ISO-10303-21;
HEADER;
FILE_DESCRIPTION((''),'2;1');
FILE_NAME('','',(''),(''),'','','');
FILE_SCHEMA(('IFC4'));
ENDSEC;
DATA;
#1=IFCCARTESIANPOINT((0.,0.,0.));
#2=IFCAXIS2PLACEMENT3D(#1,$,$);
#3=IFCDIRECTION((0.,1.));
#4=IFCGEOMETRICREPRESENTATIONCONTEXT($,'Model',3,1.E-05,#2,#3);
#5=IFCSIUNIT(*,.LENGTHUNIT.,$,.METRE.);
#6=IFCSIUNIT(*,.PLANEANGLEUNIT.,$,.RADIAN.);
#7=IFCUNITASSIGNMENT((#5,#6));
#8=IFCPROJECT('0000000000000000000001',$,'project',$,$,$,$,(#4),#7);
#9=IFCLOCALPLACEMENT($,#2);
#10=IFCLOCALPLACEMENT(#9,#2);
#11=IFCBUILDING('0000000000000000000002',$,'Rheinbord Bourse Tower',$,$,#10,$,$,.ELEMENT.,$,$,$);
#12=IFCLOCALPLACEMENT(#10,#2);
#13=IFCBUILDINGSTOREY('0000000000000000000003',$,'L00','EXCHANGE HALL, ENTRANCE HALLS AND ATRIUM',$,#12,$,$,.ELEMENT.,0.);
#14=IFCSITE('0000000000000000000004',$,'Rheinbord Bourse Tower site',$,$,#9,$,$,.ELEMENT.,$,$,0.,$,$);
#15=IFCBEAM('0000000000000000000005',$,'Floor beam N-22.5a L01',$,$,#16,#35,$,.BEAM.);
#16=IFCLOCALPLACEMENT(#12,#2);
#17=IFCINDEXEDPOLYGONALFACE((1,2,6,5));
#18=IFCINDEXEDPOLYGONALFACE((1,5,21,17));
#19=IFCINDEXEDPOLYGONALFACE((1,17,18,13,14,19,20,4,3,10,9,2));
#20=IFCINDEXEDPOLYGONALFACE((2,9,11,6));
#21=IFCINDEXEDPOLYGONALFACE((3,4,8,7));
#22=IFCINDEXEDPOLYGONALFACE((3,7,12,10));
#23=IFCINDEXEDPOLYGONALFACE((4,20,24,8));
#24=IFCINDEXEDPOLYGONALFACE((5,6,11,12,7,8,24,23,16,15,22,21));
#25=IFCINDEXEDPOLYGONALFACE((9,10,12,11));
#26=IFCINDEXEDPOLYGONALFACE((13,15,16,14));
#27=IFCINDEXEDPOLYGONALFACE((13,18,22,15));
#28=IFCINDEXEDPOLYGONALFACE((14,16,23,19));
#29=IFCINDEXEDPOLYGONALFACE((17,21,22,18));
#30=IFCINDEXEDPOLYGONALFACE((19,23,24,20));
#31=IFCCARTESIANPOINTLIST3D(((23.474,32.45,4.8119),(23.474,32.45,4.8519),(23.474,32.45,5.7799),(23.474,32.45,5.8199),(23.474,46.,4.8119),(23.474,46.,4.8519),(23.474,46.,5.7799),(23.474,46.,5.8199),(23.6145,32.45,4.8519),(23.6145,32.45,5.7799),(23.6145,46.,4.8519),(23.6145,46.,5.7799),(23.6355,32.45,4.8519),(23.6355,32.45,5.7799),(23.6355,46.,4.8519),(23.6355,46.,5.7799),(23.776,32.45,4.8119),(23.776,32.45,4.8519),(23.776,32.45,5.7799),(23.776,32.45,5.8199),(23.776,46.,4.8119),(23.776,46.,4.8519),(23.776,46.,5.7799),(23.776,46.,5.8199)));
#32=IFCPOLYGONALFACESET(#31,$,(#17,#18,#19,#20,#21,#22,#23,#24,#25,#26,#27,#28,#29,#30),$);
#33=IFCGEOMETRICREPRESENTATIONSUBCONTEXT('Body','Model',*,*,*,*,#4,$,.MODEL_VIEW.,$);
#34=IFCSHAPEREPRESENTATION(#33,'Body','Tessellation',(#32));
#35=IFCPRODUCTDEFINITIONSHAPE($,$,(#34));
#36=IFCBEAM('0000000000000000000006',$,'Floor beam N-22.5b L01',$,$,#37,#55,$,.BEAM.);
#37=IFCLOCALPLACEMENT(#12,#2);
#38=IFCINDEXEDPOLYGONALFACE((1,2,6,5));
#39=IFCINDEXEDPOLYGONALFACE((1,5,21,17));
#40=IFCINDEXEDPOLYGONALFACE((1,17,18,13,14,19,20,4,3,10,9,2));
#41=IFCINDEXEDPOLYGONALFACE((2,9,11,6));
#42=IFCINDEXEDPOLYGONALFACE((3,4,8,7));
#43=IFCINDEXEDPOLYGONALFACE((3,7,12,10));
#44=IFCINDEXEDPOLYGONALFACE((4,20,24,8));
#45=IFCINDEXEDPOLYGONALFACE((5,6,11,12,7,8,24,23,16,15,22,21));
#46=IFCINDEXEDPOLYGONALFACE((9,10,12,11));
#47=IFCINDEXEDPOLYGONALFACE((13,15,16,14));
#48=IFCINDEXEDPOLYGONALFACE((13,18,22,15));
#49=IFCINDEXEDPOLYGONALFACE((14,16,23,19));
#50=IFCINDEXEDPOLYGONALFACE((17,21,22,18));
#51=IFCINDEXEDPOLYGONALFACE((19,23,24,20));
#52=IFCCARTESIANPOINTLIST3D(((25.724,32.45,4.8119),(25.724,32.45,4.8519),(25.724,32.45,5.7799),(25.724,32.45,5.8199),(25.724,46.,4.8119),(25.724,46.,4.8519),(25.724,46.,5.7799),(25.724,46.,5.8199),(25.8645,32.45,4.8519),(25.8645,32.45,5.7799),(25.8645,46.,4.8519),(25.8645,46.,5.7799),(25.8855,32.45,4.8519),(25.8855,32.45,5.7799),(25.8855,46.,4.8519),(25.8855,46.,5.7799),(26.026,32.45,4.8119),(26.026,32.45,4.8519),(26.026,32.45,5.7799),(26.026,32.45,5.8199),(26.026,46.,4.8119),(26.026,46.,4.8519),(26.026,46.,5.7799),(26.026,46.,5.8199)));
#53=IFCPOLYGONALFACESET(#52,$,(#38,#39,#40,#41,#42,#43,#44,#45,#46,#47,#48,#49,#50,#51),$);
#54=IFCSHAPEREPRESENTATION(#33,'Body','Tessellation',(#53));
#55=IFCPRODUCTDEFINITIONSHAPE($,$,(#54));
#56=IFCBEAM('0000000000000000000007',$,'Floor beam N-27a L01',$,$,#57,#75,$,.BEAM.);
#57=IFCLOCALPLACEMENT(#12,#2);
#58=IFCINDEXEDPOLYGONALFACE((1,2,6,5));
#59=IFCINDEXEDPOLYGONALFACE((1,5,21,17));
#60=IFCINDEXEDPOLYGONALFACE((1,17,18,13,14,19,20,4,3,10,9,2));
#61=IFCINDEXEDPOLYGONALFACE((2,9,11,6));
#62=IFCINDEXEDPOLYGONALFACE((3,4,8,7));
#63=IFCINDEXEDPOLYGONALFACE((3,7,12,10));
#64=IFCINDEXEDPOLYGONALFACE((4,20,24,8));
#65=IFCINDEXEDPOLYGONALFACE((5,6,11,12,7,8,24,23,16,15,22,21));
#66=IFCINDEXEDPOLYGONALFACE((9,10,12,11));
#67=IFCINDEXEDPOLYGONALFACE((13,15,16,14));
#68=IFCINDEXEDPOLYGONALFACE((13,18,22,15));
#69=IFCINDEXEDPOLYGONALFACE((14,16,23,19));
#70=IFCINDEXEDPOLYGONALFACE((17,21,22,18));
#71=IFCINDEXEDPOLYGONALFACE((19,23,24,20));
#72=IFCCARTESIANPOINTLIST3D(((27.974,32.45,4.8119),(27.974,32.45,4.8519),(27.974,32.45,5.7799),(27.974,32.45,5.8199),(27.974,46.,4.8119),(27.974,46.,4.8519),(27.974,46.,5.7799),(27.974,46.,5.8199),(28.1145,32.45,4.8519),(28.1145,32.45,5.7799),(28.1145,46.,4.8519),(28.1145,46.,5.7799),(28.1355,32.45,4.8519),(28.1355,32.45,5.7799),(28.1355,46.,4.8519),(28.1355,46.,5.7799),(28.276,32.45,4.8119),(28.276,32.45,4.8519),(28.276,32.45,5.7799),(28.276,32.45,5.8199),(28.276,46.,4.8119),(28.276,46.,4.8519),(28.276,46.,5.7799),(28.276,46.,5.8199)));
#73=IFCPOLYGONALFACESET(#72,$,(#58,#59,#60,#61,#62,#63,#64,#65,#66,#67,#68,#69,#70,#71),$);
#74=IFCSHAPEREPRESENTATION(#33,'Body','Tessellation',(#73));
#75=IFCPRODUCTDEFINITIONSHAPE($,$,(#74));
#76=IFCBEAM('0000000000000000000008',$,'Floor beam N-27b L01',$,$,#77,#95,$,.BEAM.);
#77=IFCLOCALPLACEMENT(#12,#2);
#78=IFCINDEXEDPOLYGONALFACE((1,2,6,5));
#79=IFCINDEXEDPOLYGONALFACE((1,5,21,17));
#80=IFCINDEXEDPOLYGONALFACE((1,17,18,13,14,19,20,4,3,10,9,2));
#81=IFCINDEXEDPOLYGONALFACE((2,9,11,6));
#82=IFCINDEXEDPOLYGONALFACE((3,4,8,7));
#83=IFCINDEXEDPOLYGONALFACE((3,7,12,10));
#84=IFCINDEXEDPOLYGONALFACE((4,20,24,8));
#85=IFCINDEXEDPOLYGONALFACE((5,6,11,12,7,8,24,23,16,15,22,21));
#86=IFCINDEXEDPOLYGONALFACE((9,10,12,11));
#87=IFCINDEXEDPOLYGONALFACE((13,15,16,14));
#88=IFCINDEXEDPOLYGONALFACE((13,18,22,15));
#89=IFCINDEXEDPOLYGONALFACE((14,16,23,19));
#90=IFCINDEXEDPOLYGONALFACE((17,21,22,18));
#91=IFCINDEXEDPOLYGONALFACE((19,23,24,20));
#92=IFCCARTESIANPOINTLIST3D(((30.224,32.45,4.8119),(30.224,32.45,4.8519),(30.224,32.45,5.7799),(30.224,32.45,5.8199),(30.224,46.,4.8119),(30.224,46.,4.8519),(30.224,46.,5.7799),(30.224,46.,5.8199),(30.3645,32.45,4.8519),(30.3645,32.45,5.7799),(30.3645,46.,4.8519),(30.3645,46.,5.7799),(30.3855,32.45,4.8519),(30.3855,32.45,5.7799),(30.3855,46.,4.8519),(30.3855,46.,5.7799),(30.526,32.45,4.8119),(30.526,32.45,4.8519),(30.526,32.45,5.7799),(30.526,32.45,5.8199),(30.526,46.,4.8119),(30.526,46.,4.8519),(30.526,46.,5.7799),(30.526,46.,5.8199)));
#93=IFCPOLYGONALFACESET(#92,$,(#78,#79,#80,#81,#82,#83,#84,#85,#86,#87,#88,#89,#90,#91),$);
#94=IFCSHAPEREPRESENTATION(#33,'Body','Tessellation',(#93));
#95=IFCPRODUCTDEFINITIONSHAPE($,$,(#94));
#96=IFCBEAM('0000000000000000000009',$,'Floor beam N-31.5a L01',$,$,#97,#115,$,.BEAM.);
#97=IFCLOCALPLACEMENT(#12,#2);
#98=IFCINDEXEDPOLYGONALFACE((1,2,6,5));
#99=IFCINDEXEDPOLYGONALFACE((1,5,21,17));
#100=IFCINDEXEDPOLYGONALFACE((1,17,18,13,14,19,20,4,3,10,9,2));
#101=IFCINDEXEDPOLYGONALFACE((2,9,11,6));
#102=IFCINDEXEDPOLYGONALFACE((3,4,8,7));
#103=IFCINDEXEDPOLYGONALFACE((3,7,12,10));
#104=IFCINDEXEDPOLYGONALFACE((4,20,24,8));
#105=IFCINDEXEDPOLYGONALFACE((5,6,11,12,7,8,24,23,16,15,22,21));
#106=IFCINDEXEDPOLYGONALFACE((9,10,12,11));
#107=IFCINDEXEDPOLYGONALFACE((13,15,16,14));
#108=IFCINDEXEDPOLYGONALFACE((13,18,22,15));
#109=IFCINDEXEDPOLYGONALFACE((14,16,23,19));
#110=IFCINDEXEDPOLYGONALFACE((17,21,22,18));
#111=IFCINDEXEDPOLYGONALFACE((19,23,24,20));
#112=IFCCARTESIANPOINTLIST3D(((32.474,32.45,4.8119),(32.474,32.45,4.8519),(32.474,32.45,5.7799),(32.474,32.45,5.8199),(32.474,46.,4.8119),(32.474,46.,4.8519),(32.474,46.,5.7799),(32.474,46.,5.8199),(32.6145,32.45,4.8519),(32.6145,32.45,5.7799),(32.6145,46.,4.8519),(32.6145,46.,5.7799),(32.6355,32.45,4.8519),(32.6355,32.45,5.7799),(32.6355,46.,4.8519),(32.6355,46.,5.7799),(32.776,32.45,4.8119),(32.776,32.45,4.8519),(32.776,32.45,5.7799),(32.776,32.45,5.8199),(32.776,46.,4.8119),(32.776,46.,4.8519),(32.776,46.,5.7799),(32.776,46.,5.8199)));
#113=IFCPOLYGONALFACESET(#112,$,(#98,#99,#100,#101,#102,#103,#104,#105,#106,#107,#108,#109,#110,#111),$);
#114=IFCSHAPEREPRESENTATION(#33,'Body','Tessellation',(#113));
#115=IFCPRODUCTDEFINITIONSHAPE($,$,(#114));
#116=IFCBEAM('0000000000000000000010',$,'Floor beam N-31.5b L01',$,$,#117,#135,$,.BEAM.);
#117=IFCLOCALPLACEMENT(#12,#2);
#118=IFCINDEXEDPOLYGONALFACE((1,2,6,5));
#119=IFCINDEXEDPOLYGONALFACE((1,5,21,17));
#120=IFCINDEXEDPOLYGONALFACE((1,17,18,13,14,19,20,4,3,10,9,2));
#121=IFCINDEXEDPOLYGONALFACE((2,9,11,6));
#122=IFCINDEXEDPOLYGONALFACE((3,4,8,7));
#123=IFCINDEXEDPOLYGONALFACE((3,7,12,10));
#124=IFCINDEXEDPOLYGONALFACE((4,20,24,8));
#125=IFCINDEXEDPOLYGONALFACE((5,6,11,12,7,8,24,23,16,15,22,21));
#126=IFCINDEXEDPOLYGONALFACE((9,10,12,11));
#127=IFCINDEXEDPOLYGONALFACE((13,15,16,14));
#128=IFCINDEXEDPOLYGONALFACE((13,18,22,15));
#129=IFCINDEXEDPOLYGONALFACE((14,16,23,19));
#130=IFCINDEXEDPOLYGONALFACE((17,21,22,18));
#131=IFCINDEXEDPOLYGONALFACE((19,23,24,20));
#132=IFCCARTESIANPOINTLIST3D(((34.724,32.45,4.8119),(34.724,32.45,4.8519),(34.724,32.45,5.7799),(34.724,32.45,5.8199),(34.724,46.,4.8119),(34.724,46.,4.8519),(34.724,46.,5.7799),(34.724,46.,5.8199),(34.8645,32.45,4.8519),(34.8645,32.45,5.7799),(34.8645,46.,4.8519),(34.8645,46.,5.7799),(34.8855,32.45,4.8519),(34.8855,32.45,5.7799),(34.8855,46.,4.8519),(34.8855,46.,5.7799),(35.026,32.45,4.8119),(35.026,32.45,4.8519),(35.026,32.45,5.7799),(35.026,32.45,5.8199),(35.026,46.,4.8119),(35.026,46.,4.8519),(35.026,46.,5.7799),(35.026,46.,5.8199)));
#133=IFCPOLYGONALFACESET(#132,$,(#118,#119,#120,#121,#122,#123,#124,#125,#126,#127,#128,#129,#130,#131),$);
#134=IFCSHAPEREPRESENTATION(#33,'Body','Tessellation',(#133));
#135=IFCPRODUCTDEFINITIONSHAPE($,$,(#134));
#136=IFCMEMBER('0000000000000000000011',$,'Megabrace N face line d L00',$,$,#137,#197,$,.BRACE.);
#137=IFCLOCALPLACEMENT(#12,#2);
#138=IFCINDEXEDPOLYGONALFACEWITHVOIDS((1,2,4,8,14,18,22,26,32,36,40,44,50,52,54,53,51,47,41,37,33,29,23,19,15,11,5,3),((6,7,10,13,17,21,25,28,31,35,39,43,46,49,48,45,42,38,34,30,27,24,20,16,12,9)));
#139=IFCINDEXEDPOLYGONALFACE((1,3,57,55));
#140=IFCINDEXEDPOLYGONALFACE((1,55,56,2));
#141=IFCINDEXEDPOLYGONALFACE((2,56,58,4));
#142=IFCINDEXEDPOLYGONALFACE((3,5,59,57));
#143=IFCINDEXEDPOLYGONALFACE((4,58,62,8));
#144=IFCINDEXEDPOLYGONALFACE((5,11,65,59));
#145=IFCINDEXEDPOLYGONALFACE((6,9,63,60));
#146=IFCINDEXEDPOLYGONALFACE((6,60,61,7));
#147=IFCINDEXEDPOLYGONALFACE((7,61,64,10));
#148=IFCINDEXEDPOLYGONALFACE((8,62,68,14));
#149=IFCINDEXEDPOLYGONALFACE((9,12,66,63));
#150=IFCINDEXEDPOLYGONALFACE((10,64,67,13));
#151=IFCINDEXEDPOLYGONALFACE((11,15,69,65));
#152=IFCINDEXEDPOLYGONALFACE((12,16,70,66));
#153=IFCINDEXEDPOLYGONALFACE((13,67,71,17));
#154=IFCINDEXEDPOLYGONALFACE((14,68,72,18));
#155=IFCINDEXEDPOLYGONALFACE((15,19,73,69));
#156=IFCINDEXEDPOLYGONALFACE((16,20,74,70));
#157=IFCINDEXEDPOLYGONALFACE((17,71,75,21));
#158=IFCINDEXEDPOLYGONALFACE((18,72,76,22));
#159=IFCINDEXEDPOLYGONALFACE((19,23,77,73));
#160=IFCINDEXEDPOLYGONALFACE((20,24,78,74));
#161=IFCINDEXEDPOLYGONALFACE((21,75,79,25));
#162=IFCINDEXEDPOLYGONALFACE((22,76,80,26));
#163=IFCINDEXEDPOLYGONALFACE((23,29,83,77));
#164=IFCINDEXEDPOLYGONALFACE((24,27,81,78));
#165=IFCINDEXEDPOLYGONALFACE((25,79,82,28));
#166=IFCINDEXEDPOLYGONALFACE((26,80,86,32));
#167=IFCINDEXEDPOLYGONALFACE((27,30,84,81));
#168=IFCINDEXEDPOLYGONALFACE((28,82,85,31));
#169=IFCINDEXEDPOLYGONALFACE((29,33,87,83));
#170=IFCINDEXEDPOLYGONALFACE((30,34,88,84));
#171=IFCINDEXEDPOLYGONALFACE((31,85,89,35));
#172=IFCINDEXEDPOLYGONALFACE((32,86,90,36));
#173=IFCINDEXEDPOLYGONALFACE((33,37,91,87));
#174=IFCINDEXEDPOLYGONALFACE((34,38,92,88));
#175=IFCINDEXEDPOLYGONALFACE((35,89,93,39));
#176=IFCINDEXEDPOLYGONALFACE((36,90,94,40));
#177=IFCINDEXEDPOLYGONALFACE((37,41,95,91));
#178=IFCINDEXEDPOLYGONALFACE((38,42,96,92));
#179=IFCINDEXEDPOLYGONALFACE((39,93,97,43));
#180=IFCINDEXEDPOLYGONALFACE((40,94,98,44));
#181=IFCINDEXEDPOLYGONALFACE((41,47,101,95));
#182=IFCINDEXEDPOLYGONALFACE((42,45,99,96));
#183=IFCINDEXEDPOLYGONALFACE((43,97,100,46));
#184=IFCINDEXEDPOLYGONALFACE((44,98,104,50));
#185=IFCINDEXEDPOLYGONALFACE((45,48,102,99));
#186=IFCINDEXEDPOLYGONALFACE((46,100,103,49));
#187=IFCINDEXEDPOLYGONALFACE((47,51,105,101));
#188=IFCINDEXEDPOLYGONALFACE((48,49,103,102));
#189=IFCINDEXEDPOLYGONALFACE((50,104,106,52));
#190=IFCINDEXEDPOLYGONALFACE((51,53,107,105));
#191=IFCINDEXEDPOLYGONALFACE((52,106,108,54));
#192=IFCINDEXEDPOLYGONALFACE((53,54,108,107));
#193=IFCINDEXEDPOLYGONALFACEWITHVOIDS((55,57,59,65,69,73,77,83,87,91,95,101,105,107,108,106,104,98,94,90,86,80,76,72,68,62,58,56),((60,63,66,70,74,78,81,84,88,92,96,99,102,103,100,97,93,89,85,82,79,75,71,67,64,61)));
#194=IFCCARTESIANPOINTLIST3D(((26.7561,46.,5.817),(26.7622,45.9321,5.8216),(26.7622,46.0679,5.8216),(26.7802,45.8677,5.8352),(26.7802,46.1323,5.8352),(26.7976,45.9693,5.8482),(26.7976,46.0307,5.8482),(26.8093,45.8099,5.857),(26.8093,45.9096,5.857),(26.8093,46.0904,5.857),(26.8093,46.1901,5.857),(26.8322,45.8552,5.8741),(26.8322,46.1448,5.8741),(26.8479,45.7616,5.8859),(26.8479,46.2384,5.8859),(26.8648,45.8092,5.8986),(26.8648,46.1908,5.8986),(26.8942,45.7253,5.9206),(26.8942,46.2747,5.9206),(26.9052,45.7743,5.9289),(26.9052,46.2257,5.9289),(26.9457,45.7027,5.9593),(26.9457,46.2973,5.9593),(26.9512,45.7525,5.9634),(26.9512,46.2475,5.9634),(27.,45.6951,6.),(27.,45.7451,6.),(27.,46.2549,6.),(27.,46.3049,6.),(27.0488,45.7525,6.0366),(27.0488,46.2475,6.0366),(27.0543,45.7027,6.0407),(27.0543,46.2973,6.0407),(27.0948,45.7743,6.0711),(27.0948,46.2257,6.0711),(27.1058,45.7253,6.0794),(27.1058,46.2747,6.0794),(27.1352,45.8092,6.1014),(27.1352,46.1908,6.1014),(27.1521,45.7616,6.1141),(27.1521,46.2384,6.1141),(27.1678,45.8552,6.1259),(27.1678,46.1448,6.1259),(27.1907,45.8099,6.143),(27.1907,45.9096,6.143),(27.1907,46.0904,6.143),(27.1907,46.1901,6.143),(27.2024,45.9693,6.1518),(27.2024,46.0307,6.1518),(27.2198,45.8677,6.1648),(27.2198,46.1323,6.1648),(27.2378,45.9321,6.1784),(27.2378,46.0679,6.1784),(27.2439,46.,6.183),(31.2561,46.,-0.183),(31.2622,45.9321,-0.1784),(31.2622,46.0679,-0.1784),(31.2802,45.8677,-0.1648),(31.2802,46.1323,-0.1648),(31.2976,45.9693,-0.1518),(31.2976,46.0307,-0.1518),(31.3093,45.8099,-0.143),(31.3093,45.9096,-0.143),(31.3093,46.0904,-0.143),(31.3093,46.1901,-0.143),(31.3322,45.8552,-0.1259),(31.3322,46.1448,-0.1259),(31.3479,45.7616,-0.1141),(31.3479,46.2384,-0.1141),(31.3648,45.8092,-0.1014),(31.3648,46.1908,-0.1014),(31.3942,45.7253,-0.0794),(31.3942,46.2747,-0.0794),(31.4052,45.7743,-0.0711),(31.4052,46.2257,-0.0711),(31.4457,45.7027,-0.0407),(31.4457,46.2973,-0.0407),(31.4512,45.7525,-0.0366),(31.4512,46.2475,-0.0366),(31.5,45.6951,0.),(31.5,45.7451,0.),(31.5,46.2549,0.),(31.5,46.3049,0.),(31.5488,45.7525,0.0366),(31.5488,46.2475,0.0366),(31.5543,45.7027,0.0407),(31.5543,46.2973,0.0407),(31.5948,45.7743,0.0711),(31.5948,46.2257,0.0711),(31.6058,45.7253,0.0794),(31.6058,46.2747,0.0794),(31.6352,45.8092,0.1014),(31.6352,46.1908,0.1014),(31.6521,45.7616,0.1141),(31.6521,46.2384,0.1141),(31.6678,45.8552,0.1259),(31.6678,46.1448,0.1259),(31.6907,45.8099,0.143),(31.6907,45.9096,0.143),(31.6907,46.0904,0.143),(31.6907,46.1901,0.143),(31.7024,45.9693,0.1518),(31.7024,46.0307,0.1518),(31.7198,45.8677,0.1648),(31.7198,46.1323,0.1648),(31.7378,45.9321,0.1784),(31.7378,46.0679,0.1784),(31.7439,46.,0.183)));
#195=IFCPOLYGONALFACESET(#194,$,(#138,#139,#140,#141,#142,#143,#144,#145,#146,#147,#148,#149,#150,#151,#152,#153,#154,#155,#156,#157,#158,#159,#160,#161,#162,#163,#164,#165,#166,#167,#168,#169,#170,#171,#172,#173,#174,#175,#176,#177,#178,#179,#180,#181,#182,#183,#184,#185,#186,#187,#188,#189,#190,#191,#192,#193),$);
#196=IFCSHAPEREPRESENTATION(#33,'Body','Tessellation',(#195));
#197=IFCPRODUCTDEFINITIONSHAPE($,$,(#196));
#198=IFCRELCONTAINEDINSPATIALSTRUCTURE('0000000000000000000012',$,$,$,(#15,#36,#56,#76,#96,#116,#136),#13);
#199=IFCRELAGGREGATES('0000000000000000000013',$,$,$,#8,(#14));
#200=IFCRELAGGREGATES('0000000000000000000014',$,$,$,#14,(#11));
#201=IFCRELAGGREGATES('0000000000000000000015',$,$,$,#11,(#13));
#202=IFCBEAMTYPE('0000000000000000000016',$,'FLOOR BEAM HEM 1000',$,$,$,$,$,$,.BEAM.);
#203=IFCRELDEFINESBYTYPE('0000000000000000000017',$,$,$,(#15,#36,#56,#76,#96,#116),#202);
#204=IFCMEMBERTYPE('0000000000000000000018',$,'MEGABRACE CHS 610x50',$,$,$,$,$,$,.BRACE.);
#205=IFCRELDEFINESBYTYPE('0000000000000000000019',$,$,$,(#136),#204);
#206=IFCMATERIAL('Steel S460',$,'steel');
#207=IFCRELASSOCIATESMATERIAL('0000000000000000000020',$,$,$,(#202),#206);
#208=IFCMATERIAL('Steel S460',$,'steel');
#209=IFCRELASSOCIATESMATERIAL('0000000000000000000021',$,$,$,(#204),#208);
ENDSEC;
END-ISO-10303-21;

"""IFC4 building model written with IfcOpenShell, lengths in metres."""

from ifc_helpers import new_model, si_unit, direction, frame, origin, origin_2d, place, context, subcontext, project, spatial, hollow_circle, i_section, extrude, material, material_profile, profile_set, type_object, element, save


model = new_model("IFC4")

# Units and contexts
model_context = context("Model", 3, precision=1e-05, world=origin(), true_north=direction((0.0, 1.0)))
body_context = subcontext(model_context, "Body", "Model", "MODEL_VIEW")
ifc_project = project(units=[si_unit("LENGTHUNIT", "METRE"), si_unit("PLANEANGLEUNIT", "RADIAN")], contexts=[model_context])

# Site, building, storey
site_placement = place(None, origin())
site = spatial("IfcSite", under=ifc_project, at=site_placement, Name="Rheinbord Bourse Tower site", CompositionType="ELEMENT", RefElevation=0.0)
building_placement = place(site_placement, origin())
building = spatial("IfcBuilding", under=site, at=building_placement, Name="Rheinbord Bourse Tower", CompositionType="ELEMENT")
storey_placement = place(building_placement, origin())
storey = spatial("IfcBuildingStorey", under=building, at=storey_placement, Name="L00", Description="EXCHANGE HALL, ENTRANCE HALLS AND ATRIUM", CompositionType="ELEMENT", Elevation=0.0)

# Beams
ifc_material_1 = material(Name="Steel S460", Category="steel")
ifc_material_profile_1 = material_profile(ifc_material_1, i_section(OverallWidth=0.302, OverallDepth=1.0081, WebThickness=0.021, FlangeThickness=0.04, at=origin_2d()), Name="HEM 1000")
ifc_profile_set_1 = profile_set([ifc_material_profile_1], Name="Steel S460")
beam_type_1 = type_object("IfcBeamType", Name="FLOOR BEAM HEM 1000", PredefinedType="BEAM", material=ifc_profile_set_1)
for number, where, z_axis, x_axis, name in (
    (1, (23.625, 46.0, 5.3159), (0.0, -1.0, 0.0), (1.0, 0.0, 0.0), "Floor beam N-22.5a L01"),
    (2, (25.875, 46.0, 5.3159), (0.0, -1.0, 0.0), (1.0, 0.0, 0.0), "Floor beam N-22.5b L01"),
    (3, (28.125, 46.0, 5.3159), (0.0, -1.0, 0.0), (1.0, 0.0, 0.0), "Floor beam N-27a L01"),
    (4, (30.375, 46.0, 5.3159), (0.0, -1.0, 0.0), (1.0, 0.0, 0.0), "Floor beam N-27b L01"),
    (5, (32.625, 46.0, 5.3159), (0.0, -1.0, 0.0), (1.0, 0.0, 0.0), "Floor beam N-31.5a L01"),
    (6, (34.875, 46.0, 5.3159), (0.0, -1.0, 0.0), (1.0, 0.0, 0.0), "Floor beam N-31.5b L01"),
):
    element("IfcBeam", number, at=place(storey_placement, frame(where, z_axis=z_axis, x_axis=x_axis)), inside=storey, type_object=beam_type_1, Name=name, PredefinedType="BEAM", context=body_context, shape_type="SweptSolid", body=[
        extrude(i_section(OverallWidth=0.302, OverallDepth=1.0081, WebThickness=0.021, FlangeThickness=0.04, at=origin_2d()), origin(), (0.0, 0.0, 1.0), 13.55),
    ])

# Member
ifc_material_2 = material(Name="Steel S460", Category="steel")
ifc_material_profile_2 = material_profile(ifc_material_2, hollow_circle(Radius=0.3049, WallThickness=0.05, at=origin_2d()), Name="CHS 610x50")
ifc_profile_set_2 = profile_set([ifc_material_profile_2], Name="Steel S460")
member_type_1 = type_object("IfcMemberType", Name="MEGABRACE CHS 610x50", PredefinedType="BRACE", material=ifc_profile_set_2)
member_1_placement = place(storey_placement, frame((31.5, 46.0, 0.0), z_axis=(-0.6, 0.0, 0.8), x_axis=(0.0, -1.0, 0.0)))
element("IfcMember", 7, at=member_1_placement, inside=storey, type_object=member_type_1, Name="Megabrace N face line d L00", PredefinedType="BRACE", context=body_context, shape_type="SweptSolid", body=[
    extrude(hollow_circle(Radius=0.3049, WallThickness=0.05, at=origin_2d()), origin(), (0.0, 0.0, 1.0), 7.5),
])

save(model, "model.ifc")
